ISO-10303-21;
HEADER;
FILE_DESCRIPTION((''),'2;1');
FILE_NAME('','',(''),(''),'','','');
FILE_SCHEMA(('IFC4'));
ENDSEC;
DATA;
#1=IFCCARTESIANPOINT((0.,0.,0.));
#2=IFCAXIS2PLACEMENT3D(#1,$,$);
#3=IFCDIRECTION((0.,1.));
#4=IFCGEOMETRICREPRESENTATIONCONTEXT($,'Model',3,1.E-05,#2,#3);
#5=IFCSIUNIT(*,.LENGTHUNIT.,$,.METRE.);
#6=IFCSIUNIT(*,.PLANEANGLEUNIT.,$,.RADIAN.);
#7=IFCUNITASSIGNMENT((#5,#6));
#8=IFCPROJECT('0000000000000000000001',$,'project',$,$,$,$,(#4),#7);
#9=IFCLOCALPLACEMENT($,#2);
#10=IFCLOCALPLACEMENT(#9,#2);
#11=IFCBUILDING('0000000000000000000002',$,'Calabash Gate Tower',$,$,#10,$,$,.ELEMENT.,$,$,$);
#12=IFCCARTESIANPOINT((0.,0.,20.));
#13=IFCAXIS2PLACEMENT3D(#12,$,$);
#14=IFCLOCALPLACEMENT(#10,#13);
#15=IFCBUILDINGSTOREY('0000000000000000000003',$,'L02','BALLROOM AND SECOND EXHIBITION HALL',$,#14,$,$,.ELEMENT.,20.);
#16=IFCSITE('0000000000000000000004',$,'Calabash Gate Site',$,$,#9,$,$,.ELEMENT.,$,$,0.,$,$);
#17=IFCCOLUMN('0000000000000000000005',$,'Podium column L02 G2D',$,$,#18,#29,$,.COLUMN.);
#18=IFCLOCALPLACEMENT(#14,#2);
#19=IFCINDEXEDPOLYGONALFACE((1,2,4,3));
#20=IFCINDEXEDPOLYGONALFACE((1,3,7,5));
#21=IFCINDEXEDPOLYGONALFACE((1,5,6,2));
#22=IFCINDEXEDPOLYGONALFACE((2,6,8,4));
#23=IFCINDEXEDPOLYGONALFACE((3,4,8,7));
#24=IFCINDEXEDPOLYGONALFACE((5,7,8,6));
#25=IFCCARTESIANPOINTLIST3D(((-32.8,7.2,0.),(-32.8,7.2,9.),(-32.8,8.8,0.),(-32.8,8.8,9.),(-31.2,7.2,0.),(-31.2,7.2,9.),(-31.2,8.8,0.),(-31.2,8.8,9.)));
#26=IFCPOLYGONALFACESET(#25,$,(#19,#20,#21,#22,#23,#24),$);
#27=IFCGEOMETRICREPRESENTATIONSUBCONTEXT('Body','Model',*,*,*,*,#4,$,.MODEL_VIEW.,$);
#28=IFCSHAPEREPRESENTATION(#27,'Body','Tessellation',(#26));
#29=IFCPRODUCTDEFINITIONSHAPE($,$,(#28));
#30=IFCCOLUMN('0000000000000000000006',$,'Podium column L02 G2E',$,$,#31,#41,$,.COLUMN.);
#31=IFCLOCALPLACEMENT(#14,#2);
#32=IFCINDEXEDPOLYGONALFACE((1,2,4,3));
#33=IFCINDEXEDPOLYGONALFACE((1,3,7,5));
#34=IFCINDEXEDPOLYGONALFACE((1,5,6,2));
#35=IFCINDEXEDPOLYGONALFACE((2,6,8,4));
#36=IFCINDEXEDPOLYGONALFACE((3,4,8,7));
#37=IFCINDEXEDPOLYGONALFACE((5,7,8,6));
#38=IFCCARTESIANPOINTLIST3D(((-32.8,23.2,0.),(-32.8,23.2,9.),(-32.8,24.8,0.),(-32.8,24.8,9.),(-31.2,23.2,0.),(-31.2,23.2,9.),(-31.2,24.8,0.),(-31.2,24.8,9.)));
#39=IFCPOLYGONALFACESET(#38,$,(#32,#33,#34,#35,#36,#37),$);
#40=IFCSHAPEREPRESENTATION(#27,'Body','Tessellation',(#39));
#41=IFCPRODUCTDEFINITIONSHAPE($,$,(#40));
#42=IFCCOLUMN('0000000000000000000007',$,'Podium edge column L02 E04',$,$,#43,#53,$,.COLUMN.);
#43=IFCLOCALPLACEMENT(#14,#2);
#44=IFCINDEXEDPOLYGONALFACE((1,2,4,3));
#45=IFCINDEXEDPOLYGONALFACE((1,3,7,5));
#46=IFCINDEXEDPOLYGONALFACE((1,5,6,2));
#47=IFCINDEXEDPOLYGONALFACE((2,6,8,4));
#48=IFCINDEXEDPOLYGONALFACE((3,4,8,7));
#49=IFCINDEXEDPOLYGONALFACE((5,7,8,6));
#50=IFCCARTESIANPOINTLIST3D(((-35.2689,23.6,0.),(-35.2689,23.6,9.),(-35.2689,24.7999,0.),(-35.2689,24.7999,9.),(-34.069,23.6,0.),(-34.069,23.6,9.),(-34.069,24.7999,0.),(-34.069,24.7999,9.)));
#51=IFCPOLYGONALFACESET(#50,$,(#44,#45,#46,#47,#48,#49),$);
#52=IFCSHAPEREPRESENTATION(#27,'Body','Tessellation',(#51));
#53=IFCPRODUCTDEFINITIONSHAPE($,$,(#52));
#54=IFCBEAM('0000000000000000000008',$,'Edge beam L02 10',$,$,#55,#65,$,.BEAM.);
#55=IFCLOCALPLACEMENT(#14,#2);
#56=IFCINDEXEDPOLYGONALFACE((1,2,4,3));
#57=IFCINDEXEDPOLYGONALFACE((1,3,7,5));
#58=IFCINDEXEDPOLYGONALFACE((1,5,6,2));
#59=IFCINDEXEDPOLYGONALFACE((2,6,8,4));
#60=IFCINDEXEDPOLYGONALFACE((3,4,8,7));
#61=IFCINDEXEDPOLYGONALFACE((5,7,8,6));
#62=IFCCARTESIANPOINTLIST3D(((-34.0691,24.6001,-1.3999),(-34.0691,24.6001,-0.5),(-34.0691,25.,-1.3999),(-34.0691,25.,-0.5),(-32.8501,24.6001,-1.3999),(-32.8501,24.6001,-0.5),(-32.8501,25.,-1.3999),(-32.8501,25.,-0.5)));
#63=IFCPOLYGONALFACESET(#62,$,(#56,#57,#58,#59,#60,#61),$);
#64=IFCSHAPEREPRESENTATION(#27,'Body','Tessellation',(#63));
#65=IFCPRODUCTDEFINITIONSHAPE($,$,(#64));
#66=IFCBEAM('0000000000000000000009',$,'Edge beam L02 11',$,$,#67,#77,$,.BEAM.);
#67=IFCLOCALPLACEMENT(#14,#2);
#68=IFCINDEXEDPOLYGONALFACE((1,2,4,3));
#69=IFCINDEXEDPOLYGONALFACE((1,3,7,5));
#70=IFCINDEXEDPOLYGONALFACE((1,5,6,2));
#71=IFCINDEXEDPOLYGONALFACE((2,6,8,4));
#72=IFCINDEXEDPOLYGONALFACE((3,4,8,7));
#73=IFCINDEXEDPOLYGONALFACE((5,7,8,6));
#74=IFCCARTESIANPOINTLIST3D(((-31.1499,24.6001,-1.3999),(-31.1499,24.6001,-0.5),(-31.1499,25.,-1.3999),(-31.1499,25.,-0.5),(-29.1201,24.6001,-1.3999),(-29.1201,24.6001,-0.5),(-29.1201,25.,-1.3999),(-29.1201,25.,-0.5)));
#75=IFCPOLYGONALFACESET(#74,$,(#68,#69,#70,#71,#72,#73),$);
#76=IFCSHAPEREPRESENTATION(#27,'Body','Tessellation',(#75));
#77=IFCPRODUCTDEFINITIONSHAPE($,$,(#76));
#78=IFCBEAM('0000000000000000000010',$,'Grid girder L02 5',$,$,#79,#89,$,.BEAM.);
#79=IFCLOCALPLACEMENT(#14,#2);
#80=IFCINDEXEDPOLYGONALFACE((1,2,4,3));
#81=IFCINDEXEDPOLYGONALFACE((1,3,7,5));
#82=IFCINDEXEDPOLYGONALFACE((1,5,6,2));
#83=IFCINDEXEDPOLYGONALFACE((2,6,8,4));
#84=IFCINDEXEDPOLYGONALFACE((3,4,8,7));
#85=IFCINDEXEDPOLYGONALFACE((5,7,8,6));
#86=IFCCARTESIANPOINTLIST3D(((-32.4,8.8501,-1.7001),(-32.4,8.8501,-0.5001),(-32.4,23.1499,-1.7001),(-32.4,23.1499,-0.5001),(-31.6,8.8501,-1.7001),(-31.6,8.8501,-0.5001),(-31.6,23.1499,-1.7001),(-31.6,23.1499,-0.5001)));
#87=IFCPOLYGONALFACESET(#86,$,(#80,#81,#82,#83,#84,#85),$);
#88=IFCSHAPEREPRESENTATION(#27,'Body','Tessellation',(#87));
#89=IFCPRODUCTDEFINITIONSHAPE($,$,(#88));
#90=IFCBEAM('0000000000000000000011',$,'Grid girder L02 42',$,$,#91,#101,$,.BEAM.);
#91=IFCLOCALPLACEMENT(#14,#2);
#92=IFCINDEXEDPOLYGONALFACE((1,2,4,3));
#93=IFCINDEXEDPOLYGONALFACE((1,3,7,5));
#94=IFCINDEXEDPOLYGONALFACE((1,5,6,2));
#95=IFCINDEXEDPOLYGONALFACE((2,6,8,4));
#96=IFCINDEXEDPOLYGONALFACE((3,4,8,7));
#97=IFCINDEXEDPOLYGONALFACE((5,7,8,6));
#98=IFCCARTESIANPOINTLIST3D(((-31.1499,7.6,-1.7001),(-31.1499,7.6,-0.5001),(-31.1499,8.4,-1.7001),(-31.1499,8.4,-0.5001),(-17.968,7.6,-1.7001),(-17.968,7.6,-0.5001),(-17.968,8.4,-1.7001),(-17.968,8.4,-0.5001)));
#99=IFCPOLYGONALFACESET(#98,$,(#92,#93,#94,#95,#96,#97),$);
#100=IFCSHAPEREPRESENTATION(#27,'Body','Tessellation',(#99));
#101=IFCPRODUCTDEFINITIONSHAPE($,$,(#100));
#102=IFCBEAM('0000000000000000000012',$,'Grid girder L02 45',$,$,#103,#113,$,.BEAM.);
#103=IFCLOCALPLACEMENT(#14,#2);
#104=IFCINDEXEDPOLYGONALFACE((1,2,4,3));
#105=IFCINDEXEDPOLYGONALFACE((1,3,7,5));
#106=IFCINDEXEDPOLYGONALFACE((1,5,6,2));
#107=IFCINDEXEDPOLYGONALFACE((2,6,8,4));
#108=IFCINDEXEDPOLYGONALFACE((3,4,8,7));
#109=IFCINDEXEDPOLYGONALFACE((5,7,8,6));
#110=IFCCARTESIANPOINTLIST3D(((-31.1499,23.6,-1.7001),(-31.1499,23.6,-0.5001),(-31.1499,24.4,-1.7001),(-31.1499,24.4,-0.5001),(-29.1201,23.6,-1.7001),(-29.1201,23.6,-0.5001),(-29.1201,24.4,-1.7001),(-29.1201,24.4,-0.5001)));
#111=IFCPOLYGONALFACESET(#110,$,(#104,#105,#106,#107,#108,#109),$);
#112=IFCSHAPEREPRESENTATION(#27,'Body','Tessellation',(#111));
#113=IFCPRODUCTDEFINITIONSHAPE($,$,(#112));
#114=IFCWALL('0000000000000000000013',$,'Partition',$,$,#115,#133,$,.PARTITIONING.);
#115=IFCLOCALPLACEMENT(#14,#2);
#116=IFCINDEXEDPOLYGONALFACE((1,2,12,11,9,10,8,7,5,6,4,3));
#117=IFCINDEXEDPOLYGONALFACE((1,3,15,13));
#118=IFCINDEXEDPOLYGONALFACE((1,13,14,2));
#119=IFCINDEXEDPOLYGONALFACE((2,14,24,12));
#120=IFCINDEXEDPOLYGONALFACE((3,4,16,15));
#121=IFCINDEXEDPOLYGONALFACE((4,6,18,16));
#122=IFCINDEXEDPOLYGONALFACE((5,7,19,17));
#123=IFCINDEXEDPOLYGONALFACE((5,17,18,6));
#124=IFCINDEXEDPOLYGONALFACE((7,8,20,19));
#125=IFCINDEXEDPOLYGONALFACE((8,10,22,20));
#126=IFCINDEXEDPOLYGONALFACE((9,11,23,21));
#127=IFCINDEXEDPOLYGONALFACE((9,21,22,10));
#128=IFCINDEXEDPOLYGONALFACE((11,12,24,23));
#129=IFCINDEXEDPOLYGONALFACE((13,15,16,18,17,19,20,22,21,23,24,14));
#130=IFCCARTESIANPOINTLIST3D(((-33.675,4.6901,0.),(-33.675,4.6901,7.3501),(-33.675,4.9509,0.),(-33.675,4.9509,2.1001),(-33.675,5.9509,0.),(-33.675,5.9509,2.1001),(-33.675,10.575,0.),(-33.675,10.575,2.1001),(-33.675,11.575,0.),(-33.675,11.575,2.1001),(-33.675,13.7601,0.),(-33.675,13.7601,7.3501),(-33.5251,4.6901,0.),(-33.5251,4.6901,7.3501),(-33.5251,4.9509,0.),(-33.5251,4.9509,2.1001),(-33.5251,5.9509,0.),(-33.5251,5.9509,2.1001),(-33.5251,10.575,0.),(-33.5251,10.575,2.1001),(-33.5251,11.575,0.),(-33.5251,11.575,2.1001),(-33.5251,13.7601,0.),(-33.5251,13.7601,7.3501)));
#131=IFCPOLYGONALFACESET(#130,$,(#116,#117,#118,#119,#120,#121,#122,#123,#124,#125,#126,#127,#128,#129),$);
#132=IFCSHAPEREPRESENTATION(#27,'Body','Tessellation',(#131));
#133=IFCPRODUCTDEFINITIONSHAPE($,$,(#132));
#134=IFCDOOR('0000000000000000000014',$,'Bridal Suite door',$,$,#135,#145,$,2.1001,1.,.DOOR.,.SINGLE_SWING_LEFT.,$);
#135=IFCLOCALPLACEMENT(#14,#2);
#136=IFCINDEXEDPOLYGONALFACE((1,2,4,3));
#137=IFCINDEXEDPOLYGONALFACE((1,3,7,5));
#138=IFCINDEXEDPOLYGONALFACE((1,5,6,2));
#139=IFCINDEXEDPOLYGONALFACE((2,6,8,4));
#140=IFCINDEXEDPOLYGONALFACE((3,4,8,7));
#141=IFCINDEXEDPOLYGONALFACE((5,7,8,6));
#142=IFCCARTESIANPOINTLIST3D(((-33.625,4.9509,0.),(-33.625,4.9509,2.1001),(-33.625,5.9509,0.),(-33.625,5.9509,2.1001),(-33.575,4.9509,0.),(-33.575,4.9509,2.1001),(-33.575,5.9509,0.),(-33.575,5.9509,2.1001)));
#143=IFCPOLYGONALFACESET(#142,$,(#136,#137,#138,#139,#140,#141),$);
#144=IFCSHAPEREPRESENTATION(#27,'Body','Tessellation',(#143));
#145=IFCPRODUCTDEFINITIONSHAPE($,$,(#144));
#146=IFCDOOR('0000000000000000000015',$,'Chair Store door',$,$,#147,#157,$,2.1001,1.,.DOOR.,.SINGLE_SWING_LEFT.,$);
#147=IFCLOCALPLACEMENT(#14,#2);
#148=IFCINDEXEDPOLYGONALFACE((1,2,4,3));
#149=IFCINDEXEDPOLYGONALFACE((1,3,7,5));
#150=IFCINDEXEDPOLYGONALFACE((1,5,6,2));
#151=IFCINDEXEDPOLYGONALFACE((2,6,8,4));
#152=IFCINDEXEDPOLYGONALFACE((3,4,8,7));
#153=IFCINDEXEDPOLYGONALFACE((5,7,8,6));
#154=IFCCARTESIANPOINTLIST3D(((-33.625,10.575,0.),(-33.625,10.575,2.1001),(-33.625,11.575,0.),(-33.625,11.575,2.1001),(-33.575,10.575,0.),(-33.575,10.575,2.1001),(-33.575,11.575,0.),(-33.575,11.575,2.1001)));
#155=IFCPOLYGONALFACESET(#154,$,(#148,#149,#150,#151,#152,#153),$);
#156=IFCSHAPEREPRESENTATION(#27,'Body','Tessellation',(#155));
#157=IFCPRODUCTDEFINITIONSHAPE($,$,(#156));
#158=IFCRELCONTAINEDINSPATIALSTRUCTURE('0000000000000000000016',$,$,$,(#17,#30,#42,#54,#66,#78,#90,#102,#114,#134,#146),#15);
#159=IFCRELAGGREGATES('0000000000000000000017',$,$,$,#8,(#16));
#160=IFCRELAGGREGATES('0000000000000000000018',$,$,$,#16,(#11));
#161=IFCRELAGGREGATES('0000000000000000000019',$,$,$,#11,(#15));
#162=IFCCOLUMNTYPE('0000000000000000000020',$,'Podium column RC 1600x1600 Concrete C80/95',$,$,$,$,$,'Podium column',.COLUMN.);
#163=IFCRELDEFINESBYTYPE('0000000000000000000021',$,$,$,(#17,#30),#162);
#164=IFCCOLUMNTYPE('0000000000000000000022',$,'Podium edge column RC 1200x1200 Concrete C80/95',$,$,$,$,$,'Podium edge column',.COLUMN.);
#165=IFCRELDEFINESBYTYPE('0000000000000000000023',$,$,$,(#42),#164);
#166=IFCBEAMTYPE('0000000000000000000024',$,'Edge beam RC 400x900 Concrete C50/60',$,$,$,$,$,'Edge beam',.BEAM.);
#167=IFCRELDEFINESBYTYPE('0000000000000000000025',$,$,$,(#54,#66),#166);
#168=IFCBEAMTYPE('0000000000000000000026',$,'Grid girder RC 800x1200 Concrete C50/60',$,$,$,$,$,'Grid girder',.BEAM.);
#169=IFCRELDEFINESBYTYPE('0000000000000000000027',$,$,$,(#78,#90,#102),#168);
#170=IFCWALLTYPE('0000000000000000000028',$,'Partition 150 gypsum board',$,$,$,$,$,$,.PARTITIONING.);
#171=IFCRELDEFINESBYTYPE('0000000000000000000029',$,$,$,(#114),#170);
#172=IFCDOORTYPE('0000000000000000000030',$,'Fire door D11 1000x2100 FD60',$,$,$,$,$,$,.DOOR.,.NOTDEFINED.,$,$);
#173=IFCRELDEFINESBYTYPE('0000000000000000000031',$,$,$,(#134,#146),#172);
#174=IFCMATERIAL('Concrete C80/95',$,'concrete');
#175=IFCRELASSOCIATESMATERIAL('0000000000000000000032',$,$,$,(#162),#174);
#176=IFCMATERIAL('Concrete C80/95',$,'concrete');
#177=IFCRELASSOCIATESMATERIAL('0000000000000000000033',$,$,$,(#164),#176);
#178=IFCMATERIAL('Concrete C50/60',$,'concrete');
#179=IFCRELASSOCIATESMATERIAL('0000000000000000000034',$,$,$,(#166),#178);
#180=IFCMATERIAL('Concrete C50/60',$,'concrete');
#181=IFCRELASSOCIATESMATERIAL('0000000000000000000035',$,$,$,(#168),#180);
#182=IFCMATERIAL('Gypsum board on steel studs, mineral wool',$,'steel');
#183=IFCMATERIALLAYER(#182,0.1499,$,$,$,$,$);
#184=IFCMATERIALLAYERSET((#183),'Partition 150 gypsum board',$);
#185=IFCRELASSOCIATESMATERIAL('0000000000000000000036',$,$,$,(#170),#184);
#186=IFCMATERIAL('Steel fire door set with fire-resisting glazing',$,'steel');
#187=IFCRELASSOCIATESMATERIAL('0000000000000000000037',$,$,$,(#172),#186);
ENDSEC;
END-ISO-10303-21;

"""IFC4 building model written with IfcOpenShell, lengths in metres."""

from ifc_helpers import new_model, si_unit, direction, frame, frame_2d, origin, origin_2d, place, context, subcontext, project, spatial, rectangle, extrude, material, layer, layer_set, material_profile, profile_set, type_object, element, fill, save


model = new_model("IFC4")

# Units and contexts
model_context = context("Model", 3, precision=1e-05, world=origin(), true_north=direction((0.0, 1.0)))
body_context = subcontext(model_context, "Body", "Model", "MODEL_VIEW")
ifc_project = project(units=[si_unit("LENGTHUNIT", "METRE"), si_unit("PLANEANGLEUNIT", "RADIAN")], contexts=[model_context])

# Site, building, storey
site_placement = place(None, origin())
site = spatial("IfcSite", under=ifc_project, at=site_placement, Name="Calabash Gate Site", CompositionType="ELEMENT", RefElevation=0.0)
building_placement = place(site_placement, origin())
building = spatial("IfcBuilding", under=site, at=building_placement, Name="Calabash Gate Tower", CompositionType="ELEMENT")
storey_placement = place(building_placement, frame((0.0, 0.0, 20.0)))
storey = spatial("IfcBuildingStorey", under=building, at=storey_placement, Name="L02", Description="BALLROOM AND SECOND EXHIBITION HALL", CompositionType="ELEMENT", Elevation=20.0)

# Columns
ifc_material_1 = material(Name="Concrete C80/95", Category="concrete")
ifc_material_profile_1 = material_profile(ifc_material_1, rectangle(XDim=1.6001, YDim=1.6001, at=origin_2d()))
ifc_profile_set_1 = profile_set([ifc_material_profile_1], Name="Concrete C80/95")
column_type_1 = type_object("IfcColumnType", Name="Podium column RC 1600x1600 Concrete C80/95", ElementType="Podium column", PredefinedType="COLUMN", material=ifc_profile_set_1)
for number, where, z_axis, x_axis, name in (
    (1, (-32.0, 8.0, 0.0), (0.0, 0.0, 1.0), (1.0, 0.0, 0.0), "Podium column L02 G2D"),
    (2, (-32.0, 24.0, 0.0), (0.0, 0.0, 1.0), (1.0, 0.0, 0.0), "Podium column L02 G2E"),
):
    element("IfcColumn", number, at=place(storey_placement, frame(where, z_axis=z_axis, x_axis=x_axis)), inside=storey, type_object=column_type_1, Name=name, PredefinedType="COLUMN", context=body_context, shape_type="SweptSolid", body=[
        extrude(rectangle(XDim=1.6001, YDim=1.6001, at=origin_2d()), origin(), (0.0, 0.0, 1.0), 9.0),
    ])
ifc_material_2 = material(Name="Concrete C80/95", Category="concrete")
ifc_material_profile_2 = material_profile(ifc_material_2, rectangle(XDim=1.2, YDim=1.2, at=origin_2d()))
ifc_profile_set_2 = profile_set([ifc_material_profile_2], Name="Concrete C80/95")
column_type_2 = type_object("IfcColumnType", Name="Podium edge column RC 1200x1200 Concrete C80/95", ElementType="Podium edge column", PredefinedType="COLUMN", material=ifc_profile_set_2)
column_placement = place(storey_placement, frame((-34.6689, 24.2, 0.0), z_axis=(0.0, 0.0, 1.0), x_axis=(1.0, 0.0, 0.0)))
element("IfcColumn", 3, at=column_placement, inside=storey, type_object=column_type_2, Name="Podium edge column L02 E04", PredefinedType="COLUMN", context=body_context, shape_type="SweptSolid", body=[
    extrude(rectangle(XDim=1.2, YDim=1.2, at=origin_2d()), origin(), (0.0, 0.0, 1.0), 9.0),
])

# Beams
ifc_material_3 = material(Name="Concrete C50/60", Category="concrete")
ifc_material_profile_3 = material_profile(ifc_material_3, rectangle(XDim=0.3999, YDim=0.8999, at=origin_2d()))
ifc_profile_set_3 = profile_set([ifc_material_profile_3], Name="Concrete C50/60")
beam_type_1 = type_object("IfcBeamType", Name="Edge beam RC 400x900 Concrete C50/60", ElementType="Edge beam", PredefinedType="BEAM", material=ifc_profile_set_3)
beam_1_placement = place(storey_placement, frame((-34.0691, 24.8, -0.95), z_axis=(1.0, 0.0, 0.0), x_axis=(0.0, 1.0, 0.0)))
element("IfcBeam", 4, at=beam_1_placement, inside=storey, type_object=beam_type_1, Name="Edge beam L02 10", PredefinedType="BEAM", context=body_context, shape_type="SweptSolid", body=[
    extrude(rectangle(XDim=0.3999, YDim=0.8999, at=origin_2d()), origin(), (0.0, 0.0, 1.0), 1.219),
])
beam_2_placement = place(storey_placement, frame((-31.1499, 24.8, -0.95), z_axis=(1.0, 0.0, 0.0), x_axis=(0.0, 1.0, 0.0)))
element("IfcBeam", 5, at=beam_2_placement, inside=storey, type_object=beam_type_1, Name="Edge beam L02 11", PredefinedType="BEAM", context=body_context, shape_type="SweptSolid", body=[
    extrude(rectangle(XDim=0.3999, YDim=0.8999, at=origin_2d()), origin(), (0.0, 0.0, 1.0), 2.0298),
])
ifc_material_4 = material(Name="Concrete C50/60", Category="concrete")
ifc_material_profile_4 = material_profile(ifc_material_4, rectangle(XDim=0.8, YDim=1.2, at=origin_2d()))
ifc_profile_set_4 = profile_set([ifc_material_profile_4], Name="Concrete C50/60")
beam_type_2 = type_object("IfcBeamType", Name="Grid girder RC 800x1200 Concrete C50/60", ElementType="Grid girder", PredefinedType="BEAM", material=ifc_profile_set_4)
beam_3_placement = place(storey_placement, frame((-32.0, 8.8501, -1.1001), z_axis=(0.0, 1.0, 0.0), x_axis=(-1.0, 0.0, 0.0)))
element("IfcBeam", 6, at=beam_3_placement, inside=storey, type_object=beam_type_2, Name="Grid girder L02 5", PredefinedType="BEAM", context=body_context, shape_type="SweptSolid", body=[
    extrude(rectangle(XDim=0.8, YDim=1.2, at=origin_2d()), origin(), (0.0, 0.0, 1.0), 14.2998),
])
beam_4_placement = place(storey_placement, frame((-31.1499, 8.0, -1.1001), z_axis=(1.0, 0.0, 0.0), x_axis=(0.0, 1.0, 0.0)))
element("IfcBeam", 7, at=beam_4_placement, inside=storey, type_object=beam_type_2, Name="Grid girder L02 42", PredefinedType="BEAM", context=body_context, shape_type="SweptSolid", body=[
    extrude(rectangle(XDim=0.8, YDim=1.2, at=origin_2d()), origin(), (0.0, 0.0, 1.0), 13.1819),
])
beam_5_placement = place(storey_placement, frame((-31.1499, 24.0, -1.1001), z_axis=(1.0, 0.0, 0.0), x_axis=(0.0, 1.0, 0.0)))
element("IfcBeam", 8, at=beam_5_placement, inside=storey, type_object=beam_type_2, Name="Grid girder L02 45", PredefinedType="BEAM", context=body_context, shape_type="SweptSolid", body=[
    extrude(rectangle(XDim=0.8, YDim=1.2, at=origin_2d()), origin(), (0.0, 0.0, 1.0), 2.0298),
])

# Wall, openings, doors
ifc_material_5 = material(Name="Gypsum board on steel studs, mineral wool", Category="steel")
ifc_layer_1 = layer(ifc_material_5, 0.1499)
ifc_layer_set_1 = layer_set([ifc_layer_1], Name="Partition 150 gypsum board")
wall_type_1 = type_object("IfcWallType", Name="Partition 150 gypsum board", PredefinedType="PARTITIONING", material=ifc_layer_set_1)
wall_1_placement = place(storey_placement, frame((-33.6001, 4.6899, 0.0), z_axis=(0.0, 0.0, 1.0), x_axis=(0.0, 1.0, 0.0)))
wall_1 = element("IfcWall", 9, at=wall_1_placement, inside=storey, type_object=wall_type_1, Name="Partition", PredefinedType="PARTITIONING", context=body_context, shape_type="SweptSolid", body=[
    extrude(rectangle(XDim=9.0701, YDim=0.1499, at=frame_2d((4.5352, 0.0))), origin(), (0.0, 0.0, 1.0), 7.3501),
])
opening_1_placement = place(wall_1_placement, frame((0.261, 0.0, 0.0)))
opening_1 = element("IfcOpeningElement", 10, at=opening_1_placement, cuts=wall_1, PredefinedType="OPENING", context=body_context, shape_type="SweptSolid", body=[
    extrude(rectangle(XDim=1.0, YDim=2.1001, at=frame_2d((0.5, 1.05))), frame((0.0, 0.085, 0.0), z_axis=(0.0, -1.0, 0.0), x_axis=(1.0, 0.0, 0.0)), (0.0, 0.0, 1.0), 0.1699),
])
opening_2_placement = place(wall_1_placement, frame((5.885, 0.0, 0.0)))
opening_2 = element("IfcOpeningElement", 11, at=opening_2_placement, cuts=wall_1, PredefinedType="OPENING", context=body_context, shape_type="SweptSolid", body=[
    extrude(rectangle(XDim=1.0, YDim=2.1001, at=frame_2d((0.5, 1.05))), frame((0.0, 0.085, 0.0), z_axis=(0.0, -1.0, 0.0), x_axis=(1.0, 0.0, 0.0)), (0.0, 0.0, 1.0), 0.1699),
])
ifc_material_6 = material(Name="Steel fire door set with fire-resisting glazing", Category="steel")
door_type_1 = type_object("IfcDoorType", Name="Fire door D11 1000x2100 FD60", OperationType="NOTDEFINED", PredefinedType="DOOR", material=ifc_material_6)
door_1_placement = place(opening_1_placement, origin())
door_1 = element("IfcDoor", 12, at=door_1_placement, inside=storey, type_object=door_type_1, Name="Bridal Suite door", OperationType="SINGLE_SWING_LEFT", OverallHeight=2.1001, OverallWidth=1.0, PredefinedType="DOOR", context=body_context, shape_type="SweptSolid", body=[
    extrude(rectangle(XDim=1.0, YDim=2.1001, at=frame_2d((0.5, 1.05))), frame((0.0, 0.0249, 0.0), z_axis=(0.0, -1.0, 0.0), x_axis=(1.0, 0.0, 0.0)), (0.0, 0.0, 1.0), 0.05),
])
fill(opening_1, door_1)
door_2_placement = place(opening_2_placement, origin())
door_2 = element("IfcDoor", 13, at=door_2_placement, inside=storey, type_object=door_type_1, Name="Chair Store door", OperationType="SINGLE_SWING_LEFT", OverallHeight=2.1001, OverallWidth=1.0, PredefinedType="DOOR", context=body_context, shape_type="SweptSolid", body=[
    extrude(rectangle(XDim=1.0, YDim=2.1001, at=frame_2d((0.5, 1.05))), frame((0.0, 0.0249, 0.0), z_axis=(0.0, -1.0, 0.0), x_axis=(1.0, 0.0, 0.0)), (0.0, 0.0, 1.0), 0.05),
])
fill(opening_2, door_2)

save(model, "model.ifc")
